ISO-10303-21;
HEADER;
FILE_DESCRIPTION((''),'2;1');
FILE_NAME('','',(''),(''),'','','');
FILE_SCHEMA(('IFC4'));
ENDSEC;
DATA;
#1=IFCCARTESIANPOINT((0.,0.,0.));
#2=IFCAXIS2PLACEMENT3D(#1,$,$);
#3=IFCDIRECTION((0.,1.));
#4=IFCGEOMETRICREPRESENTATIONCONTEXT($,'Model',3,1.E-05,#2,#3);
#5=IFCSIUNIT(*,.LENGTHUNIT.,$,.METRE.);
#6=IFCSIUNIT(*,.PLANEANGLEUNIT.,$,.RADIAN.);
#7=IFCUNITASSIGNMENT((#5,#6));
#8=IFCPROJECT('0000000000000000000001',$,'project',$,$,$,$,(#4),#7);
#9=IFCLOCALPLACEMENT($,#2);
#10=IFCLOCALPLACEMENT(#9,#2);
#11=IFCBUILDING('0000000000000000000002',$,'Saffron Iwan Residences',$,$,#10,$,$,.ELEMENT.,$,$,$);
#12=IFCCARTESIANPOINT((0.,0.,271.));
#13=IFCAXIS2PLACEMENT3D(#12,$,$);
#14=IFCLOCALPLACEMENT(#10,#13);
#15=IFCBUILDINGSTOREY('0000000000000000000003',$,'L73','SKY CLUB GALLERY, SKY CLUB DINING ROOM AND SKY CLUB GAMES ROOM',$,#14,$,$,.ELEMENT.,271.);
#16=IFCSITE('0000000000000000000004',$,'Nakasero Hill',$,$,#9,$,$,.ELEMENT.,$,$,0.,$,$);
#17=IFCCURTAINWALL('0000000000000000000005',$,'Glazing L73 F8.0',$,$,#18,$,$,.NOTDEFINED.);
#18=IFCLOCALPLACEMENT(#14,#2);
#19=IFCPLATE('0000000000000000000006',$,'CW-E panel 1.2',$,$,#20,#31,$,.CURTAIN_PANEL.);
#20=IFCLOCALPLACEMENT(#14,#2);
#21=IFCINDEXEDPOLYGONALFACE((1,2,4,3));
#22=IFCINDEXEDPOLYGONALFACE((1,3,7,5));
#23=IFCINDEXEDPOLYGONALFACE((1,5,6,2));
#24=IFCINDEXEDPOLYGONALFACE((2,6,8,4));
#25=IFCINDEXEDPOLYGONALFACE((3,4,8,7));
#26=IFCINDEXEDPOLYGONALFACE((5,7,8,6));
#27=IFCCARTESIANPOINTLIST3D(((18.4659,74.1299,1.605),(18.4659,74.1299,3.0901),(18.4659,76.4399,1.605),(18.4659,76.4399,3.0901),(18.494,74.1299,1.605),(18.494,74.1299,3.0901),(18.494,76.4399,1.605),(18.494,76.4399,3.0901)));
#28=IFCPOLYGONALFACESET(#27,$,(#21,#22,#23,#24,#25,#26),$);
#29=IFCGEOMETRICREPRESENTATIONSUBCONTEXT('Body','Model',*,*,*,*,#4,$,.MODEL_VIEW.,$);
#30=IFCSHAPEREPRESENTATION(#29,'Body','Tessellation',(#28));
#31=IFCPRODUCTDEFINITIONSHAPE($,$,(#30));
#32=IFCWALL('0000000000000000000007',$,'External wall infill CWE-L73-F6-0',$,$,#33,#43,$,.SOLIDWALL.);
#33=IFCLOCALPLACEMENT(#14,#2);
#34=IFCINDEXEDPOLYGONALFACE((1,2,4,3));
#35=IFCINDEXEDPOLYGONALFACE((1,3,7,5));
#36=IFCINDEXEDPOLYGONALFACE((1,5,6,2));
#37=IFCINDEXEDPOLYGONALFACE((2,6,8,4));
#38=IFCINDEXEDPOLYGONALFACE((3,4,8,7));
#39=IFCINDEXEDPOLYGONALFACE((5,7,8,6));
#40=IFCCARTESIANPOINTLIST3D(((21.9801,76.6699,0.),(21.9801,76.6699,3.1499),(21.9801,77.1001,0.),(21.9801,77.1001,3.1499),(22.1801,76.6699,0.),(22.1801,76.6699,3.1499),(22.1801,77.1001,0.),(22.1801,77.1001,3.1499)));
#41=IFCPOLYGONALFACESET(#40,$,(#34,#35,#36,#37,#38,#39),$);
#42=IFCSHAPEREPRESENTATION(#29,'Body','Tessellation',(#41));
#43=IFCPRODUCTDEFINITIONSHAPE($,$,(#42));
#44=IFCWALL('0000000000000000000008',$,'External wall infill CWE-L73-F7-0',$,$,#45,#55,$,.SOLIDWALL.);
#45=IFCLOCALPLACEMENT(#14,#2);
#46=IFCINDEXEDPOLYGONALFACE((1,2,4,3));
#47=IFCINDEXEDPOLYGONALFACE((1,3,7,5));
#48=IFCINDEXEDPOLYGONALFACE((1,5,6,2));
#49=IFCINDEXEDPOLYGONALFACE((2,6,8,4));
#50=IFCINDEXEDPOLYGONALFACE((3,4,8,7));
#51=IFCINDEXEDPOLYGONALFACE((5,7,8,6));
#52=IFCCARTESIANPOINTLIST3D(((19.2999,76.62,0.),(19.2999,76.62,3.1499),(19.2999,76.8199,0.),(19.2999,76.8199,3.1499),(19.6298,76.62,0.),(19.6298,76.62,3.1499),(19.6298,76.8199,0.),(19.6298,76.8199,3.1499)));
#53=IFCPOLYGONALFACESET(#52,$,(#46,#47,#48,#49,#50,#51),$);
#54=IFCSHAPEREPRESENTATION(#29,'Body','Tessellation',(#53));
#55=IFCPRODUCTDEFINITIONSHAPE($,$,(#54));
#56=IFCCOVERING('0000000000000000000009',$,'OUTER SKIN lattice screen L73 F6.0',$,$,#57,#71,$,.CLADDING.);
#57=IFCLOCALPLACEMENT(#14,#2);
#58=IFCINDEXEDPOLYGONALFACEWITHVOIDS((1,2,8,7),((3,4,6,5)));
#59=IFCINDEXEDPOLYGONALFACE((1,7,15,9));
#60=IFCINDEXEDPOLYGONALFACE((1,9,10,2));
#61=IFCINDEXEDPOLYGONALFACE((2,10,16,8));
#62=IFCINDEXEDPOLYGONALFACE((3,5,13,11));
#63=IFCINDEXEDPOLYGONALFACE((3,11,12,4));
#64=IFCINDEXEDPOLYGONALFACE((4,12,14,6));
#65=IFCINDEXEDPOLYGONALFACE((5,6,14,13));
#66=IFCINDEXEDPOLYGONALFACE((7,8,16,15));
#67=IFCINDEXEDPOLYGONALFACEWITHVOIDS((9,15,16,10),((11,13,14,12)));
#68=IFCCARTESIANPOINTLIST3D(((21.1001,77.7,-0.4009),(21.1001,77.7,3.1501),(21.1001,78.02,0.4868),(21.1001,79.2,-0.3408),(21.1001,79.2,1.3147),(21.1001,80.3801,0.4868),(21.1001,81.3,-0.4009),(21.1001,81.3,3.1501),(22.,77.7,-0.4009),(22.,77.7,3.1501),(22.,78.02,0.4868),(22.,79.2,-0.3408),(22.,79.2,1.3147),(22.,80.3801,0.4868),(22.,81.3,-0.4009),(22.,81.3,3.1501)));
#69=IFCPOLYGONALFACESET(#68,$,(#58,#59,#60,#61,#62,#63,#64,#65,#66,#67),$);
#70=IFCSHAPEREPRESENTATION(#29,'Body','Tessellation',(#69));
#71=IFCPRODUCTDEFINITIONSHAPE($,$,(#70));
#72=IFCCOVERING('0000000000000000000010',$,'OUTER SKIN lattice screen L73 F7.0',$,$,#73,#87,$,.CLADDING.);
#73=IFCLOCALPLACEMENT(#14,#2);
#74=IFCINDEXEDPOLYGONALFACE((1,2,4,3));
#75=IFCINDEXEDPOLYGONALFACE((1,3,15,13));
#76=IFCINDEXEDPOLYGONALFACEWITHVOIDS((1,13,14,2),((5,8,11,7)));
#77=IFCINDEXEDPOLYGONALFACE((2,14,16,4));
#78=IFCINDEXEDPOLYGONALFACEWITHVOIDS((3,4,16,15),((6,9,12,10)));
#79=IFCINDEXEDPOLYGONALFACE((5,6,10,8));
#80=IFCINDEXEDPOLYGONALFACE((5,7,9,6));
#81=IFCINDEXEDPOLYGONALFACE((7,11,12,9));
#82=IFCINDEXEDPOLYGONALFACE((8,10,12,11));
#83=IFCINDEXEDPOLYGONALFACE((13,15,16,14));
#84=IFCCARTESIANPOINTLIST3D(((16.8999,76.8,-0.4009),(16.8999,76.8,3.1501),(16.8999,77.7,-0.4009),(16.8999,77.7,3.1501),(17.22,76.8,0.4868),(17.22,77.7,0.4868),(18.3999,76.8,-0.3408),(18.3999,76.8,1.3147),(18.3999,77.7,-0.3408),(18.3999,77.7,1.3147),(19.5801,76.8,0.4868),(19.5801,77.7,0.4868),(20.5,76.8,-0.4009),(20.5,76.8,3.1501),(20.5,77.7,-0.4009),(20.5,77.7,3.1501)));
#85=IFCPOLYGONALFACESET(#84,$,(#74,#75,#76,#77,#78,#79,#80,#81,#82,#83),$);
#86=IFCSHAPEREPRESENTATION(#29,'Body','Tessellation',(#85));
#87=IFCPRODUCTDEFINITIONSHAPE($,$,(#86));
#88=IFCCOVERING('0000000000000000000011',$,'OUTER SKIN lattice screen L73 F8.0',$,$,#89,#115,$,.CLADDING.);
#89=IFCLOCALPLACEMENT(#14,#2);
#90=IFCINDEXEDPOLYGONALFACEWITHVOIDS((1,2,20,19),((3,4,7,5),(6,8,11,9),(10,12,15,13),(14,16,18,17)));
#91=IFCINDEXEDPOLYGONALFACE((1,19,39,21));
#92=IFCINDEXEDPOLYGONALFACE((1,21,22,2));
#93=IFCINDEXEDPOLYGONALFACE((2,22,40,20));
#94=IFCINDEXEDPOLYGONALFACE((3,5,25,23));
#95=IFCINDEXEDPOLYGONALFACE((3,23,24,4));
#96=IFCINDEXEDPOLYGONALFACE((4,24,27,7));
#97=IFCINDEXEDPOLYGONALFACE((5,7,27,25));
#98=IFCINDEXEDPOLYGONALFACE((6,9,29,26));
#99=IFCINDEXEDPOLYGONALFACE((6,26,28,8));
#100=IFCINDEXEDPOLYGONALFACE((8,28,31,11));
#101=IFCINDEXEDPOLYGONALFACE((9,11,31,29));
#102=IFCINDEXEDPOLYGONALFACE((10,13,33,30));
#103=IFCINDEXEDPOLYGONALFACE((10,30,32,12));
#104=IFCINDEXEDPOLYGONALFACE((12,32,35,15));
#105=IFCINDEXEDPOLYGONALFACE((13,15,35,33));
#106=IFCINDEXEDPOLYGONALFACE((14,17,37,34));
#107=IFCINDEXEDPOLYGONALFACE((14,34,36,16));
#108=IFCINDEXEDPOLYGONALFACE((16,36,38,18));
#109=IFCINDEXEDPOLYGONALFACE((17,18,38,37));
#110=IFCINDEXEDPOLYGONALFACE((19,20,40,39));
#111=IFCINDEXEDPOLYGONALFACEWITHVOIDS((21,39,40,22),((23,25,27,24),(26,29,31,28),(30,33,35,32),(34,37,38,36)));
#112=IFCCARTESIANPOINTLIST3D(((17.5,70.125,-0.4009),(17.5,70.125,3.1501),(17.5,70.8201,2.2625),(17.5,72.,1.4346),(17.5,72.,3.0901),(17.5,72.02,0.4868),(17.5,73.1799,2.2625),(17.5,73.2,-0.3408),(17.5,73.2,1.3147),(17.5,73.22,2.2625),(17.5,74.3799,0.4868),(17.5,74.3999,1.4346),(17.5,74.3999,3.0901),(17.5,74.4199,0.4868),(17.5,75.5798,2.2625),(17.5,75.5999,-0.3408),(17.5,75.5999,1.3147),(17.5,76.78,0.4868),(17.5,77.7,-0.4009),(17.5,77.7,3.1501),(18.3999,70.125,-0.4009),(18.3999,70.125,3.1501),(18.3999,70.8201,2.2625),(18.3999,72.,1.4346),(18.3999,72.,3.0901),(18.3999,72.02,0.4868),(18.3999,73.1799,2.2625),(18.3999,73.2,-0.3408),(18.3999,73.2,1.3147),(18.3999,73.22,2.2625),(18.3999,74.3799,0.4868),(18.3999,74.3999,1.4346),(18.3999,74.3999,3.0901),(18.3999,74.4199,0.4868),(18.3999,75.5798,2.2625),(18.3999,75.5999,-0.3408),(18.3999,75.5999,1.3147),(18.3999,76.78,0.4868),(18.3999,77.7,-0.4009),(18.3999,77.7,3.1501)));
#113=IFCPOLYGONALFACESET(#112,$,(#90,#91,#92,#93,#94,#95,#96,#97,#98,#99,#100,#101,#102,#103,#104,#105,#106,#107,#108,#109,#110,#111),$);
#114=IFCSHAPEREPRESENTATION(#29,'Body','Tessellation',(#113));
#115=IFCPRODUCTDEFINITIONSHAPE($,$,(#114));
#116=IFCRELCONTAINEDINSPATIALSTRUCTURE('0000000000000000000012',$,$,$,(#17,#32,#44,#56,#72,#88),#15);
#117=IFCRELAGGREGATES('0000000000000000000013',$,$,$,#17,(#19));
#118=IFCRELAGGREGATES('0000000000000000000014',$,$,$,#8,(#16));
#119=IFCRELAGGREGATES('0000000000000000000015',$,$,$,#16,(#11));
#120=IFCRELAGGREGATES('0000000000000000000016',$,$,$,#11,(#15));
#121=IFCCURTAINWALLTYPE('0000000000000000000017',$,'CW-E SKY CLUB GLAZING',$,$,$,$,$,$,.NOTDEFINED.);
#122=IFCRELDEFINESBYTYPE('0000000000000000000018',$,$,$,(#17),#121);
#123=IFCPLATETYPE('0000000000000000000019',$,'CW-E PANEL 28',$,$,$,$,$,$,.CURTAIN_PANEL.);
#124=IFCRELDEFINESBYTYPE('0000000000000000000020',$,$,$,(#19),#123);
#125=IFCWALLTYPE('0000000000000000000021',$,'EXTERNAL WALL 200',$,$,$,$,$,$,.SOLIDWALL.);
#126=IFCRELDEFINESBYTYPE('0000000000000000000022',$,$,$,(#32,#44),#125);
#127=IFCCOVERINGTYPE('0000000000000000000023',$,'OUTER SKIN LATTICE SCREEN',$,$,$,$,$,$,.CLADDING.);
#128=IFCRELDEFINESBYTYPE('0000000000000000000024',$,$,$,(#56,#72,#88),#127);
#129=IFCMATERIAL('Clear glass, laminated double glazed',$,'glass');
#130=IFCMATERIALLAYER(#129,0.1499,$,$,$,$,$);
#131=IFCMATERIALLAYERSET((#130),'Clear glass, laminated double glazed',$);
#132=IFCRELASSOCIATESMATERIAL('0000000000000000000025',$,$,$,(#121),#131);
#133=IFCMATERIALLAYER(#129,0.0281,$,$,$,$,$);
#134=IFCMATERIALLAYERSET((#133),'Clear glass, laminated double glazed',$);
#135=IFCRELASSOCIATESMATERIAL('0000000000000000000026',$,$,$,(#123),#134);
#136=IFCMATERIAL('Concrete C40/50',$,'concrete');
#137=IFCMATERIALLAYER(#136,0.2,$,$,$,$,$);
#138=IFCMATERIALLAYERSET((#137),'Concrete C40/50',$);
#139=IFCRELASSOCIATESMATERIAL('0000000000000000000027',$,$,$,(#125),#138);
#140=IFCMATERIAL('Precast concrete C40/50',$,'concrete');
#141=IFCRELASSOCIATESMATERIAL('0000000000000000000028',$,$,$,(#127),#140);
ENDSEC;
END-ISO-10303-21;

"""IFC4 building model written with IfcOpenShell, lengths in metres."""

from ifc_helpers import new_model, si_unit, direction, frame, frame_2d, origin, origin_2d, place, context, subcontext, project, spatial, polyline, rectangle, outline, extrude, source, transform, mapped, material, layer, layer_set, type_object, element, aggregate, save


model = new_model("IFC4")

# Units and contexts
model_context = context("Model", 3, precision=1e-05, world=origin(), true_north=direction((0.0, 1.0)))
body_context = subcontext(model_context, "Body", "Model", "MODEL_VIEW")
ifc_project = project(units=[si_unit("LENGTHUNIT", "METRE"), si_unit("PLANEANGLEUNIT", "RADIAN")], contexts=[model_context])

# Site, building, storey
site_placement = place(None, origin())
site = spatial("IfcSite", under=ifc_project, at=site_placement, Name="Nakasero Hill", CompositionType="ELEMENT", RefElevation=0.0)
building_placement = place(site_placement, origin())
building = spatial("IfcBuilding", under=site, at=building_placement, Name="Saffron Iwan Residences", CompositionType="ELEMENT")
storey_placement = place(building_placement, frame((0.0, 0.0, 271.0)))
storey = spatial("IfcBuildingStorey", under=building, at=storey_placement, Name="L73", Description="SKY CLUB GALLERY, SKY CLUB DINING ROOM AND SKY CLUB GAMES ROOM", CompositionType="ELEMENT", Elevation=271.0)

# Shared definitions
ifc_material_1 = material(Name="Concrete C40/50", Category="concrete")

# Shared definitions
ifc_material_2 = material(Name="Clear glass, laminated double glazed", Category="glass")
ifc_layer_1 = layer(ifc_material_2, 0.1499)
ifc_layer_set_1 = layer_set([ifc_layer_1], Name="Clear glass, laminated double glazed")
curtain_wall_type = type_object("IfcCurtainWallType", Name="CW-E SKY CLUB GLAZING", PredefinedType="NOTDEFINED", material=ifc_layer_set_1)

# Curtain wall
curtain_wall_1_placement = place(storey_placement, origin())
curtain_wall_1 = element("IfcCurtainWall", 1, at=curtain_wall_1_placement, inside=storey, type_object=curtain_wall_type, Name="Glazing L73 F8.0", PredefinedType="NOTDEFINED")

# Plate
ifc_layer_2 = layer(ifc_material_2, 0.0281)
ifc_layer_set_2 = layer_set([ifc_layer_2], Name="Clear glass, laminated double glazed")
plate_type = type_object("IfcPlateType", Name="CW-E PANEL 28", PredefinedType="CURTAIN_PANEL", material=ifc_layer_set_2)
shared_shape_1 = source(origin(), body_context, "Body", "SweptSolid", [
    extrude(rectangle(XDim=2.3101, YDim=0.0281, at=origin_2d()), origin(), (0.0, 0.0, 1.0), 1.4851),
])
plate_1_placement = place(storey_placement, frame((18.48, 75.2849, 1.605), z_axis=(0.0, 0.0, 1.0), x_axis=(0.0, -1.0, 0.0)))
plate_1 = element("IfcPlate", 2, at=plate_1_placement, type_object=plate_type, Name="CW-E panel 1.2", PredefinedType="CURTAIN_PANEL", context=body_context, shape_type="MappedRepresentation", body=[
    mapped(shared_shape_1, transform((0.0, 0.0, 0.0))),
])
aggregate(curtain_wall_1, [plate_1])

# Walls
ifc_layer_3 = layer(ifc_material_1, 0.2)
ifc_layer_set_3 = layer_set([ifc_layer_3], Name="Concrete C40/50")
wall_type = type_object("IfcWallType", Name="EXTERNAL WALL 200", PredefinedType="SOLIDWALL", material=ifc_layer_set_3)
wall_1_placement = place(storey_placement, frame((22.0801, 77.1001, 0.0), z_axis=(0.0, 0.0, 1.0), x_axis=(0.0, -1.0, 0.0)))
element("IfcWall", 3, at=wall_1_placement, inside=storey, type_object=wall_type, Name="External wall infill CWE-L73-F6-0", PredefinedType="SOLIDWALL", context=body_context, shape_type="SweptSolid", body=[
    extrude(rectangle(XDim=0.4302, YDim=0.2, at=frame_2d((0.2151, 0.0))), origin(), (0.0, 0.0, 1.0), 3.1499),
])
wall_2_placement = place(storey_placement, frame((19.6299, 76.72, 0.0), z_axis=(0.0, 0.0, 1.0), x_axis=(-1.0, 0.0, 0.0)))
element("IfcWall", 4, at=wall_2_placement, inside=storey, type_object=wall_type, Name="External wall infill CWE-L73-F7-0", PredefinedType="SOLIDWALL", context=body_context, shape_type="SweptSolid", body=[
    extrude(rectangle(XDim=0.3298, YDim=0.2, at=frame_2d((0.165, 0.0))), origin(), (0.0, 0.0, 1.0), 3.1499),
])

# Coverings
ifc_material_3 = material(Name="Precast concrete C40/50", Category="concrete")
covering_type = type_object("IfcCoveringType", Name="OUTER SKIN LATTICE SCREEN", PredefinedType="CLADDING", material=ifc_material_3)
for number, where, z_axis, x_axis, name in (
    (5, (22.0, 81.3, -0.4009), (-1.0, 0.0, 0.0), (0.0, -1.0, 0.0), "OUTER SKIN lattice screen L73 F6.0"),
    (6, (20.5, 76.8, -0.4009), (0.0, 1.0, 0.0), (-1.0, 0.0, 0.0), "OUTER SKIN lattice screen L73 F7.0"),
):
    element("IfcCovering", number, at=place(storey_placement, frame(where, z_axis=z_axis, x_axis=x_axis)), inside=storey, type_object=covering_type, Name=name, PredefinedType="CLADDING", context=body_context, shape_type="SweptSolid", body=[
        extrude(outline(polyline([(0.0, 0.0), (3.6001, 0.0), (3.6001, 3.551), (0.0, 3.551), (0.0, 0.0)]), holes=[polyline([(0.9199, 0.8877), (2.1001, 0.0601), (3.28, 0.8877), (2.1001, 1.7156), (0.9199, 0.8877)])]), origin(), (0.0, 0.0, 1.0), 0.8999),
    ])
covering_placement = place(storey_placement, frame((18.3999, 77.7, -0.4009), z_axis=(-1.0, 0.0, 0.0), x_axis=(0.0, -1.0, 0.0)))
element("IfcCovering", 7, at=covering_placement, inside=storey, type_object=covering_type, Name="OUTER SKIN lattice screen L73 F8.0", PredefinedType="CLADDING", context=body_context, shape_type="SweptSolid", body=[
    extrude(outline(polyline([(0.0, 0.0), (7.575, 0.0), (7.575, 3.551), (0.0, 3.551), (0.0, 0.0)]), holes=[polyline([(0.9199, 0.8877), (2.1001, 0.0601), (3.28, 0.8877), (2.1001, 1.7156), (0.9199, 0.8877)]), polyline([(3.3201, 0.8877), (4.5, 0.0601), (5.6799, 0.8877), (4.5, 1.7156), (3.3201, 0.8877)]), polyline([(2.1201, 2.6633), (3.3, 1.8354), (4.48, 2.6633), (3.3, 3.491), (2.1201, 2.6633)]), polyline([(4.52, 2.6633), (5.7, 1.8354), (6.8799, 2.6633), (5.7, 3.491), (4.52, 2.6633)])]), origin(), (0.0, 0.0, 1.0), 0.8999),
])

save(model, "model.ifc")
